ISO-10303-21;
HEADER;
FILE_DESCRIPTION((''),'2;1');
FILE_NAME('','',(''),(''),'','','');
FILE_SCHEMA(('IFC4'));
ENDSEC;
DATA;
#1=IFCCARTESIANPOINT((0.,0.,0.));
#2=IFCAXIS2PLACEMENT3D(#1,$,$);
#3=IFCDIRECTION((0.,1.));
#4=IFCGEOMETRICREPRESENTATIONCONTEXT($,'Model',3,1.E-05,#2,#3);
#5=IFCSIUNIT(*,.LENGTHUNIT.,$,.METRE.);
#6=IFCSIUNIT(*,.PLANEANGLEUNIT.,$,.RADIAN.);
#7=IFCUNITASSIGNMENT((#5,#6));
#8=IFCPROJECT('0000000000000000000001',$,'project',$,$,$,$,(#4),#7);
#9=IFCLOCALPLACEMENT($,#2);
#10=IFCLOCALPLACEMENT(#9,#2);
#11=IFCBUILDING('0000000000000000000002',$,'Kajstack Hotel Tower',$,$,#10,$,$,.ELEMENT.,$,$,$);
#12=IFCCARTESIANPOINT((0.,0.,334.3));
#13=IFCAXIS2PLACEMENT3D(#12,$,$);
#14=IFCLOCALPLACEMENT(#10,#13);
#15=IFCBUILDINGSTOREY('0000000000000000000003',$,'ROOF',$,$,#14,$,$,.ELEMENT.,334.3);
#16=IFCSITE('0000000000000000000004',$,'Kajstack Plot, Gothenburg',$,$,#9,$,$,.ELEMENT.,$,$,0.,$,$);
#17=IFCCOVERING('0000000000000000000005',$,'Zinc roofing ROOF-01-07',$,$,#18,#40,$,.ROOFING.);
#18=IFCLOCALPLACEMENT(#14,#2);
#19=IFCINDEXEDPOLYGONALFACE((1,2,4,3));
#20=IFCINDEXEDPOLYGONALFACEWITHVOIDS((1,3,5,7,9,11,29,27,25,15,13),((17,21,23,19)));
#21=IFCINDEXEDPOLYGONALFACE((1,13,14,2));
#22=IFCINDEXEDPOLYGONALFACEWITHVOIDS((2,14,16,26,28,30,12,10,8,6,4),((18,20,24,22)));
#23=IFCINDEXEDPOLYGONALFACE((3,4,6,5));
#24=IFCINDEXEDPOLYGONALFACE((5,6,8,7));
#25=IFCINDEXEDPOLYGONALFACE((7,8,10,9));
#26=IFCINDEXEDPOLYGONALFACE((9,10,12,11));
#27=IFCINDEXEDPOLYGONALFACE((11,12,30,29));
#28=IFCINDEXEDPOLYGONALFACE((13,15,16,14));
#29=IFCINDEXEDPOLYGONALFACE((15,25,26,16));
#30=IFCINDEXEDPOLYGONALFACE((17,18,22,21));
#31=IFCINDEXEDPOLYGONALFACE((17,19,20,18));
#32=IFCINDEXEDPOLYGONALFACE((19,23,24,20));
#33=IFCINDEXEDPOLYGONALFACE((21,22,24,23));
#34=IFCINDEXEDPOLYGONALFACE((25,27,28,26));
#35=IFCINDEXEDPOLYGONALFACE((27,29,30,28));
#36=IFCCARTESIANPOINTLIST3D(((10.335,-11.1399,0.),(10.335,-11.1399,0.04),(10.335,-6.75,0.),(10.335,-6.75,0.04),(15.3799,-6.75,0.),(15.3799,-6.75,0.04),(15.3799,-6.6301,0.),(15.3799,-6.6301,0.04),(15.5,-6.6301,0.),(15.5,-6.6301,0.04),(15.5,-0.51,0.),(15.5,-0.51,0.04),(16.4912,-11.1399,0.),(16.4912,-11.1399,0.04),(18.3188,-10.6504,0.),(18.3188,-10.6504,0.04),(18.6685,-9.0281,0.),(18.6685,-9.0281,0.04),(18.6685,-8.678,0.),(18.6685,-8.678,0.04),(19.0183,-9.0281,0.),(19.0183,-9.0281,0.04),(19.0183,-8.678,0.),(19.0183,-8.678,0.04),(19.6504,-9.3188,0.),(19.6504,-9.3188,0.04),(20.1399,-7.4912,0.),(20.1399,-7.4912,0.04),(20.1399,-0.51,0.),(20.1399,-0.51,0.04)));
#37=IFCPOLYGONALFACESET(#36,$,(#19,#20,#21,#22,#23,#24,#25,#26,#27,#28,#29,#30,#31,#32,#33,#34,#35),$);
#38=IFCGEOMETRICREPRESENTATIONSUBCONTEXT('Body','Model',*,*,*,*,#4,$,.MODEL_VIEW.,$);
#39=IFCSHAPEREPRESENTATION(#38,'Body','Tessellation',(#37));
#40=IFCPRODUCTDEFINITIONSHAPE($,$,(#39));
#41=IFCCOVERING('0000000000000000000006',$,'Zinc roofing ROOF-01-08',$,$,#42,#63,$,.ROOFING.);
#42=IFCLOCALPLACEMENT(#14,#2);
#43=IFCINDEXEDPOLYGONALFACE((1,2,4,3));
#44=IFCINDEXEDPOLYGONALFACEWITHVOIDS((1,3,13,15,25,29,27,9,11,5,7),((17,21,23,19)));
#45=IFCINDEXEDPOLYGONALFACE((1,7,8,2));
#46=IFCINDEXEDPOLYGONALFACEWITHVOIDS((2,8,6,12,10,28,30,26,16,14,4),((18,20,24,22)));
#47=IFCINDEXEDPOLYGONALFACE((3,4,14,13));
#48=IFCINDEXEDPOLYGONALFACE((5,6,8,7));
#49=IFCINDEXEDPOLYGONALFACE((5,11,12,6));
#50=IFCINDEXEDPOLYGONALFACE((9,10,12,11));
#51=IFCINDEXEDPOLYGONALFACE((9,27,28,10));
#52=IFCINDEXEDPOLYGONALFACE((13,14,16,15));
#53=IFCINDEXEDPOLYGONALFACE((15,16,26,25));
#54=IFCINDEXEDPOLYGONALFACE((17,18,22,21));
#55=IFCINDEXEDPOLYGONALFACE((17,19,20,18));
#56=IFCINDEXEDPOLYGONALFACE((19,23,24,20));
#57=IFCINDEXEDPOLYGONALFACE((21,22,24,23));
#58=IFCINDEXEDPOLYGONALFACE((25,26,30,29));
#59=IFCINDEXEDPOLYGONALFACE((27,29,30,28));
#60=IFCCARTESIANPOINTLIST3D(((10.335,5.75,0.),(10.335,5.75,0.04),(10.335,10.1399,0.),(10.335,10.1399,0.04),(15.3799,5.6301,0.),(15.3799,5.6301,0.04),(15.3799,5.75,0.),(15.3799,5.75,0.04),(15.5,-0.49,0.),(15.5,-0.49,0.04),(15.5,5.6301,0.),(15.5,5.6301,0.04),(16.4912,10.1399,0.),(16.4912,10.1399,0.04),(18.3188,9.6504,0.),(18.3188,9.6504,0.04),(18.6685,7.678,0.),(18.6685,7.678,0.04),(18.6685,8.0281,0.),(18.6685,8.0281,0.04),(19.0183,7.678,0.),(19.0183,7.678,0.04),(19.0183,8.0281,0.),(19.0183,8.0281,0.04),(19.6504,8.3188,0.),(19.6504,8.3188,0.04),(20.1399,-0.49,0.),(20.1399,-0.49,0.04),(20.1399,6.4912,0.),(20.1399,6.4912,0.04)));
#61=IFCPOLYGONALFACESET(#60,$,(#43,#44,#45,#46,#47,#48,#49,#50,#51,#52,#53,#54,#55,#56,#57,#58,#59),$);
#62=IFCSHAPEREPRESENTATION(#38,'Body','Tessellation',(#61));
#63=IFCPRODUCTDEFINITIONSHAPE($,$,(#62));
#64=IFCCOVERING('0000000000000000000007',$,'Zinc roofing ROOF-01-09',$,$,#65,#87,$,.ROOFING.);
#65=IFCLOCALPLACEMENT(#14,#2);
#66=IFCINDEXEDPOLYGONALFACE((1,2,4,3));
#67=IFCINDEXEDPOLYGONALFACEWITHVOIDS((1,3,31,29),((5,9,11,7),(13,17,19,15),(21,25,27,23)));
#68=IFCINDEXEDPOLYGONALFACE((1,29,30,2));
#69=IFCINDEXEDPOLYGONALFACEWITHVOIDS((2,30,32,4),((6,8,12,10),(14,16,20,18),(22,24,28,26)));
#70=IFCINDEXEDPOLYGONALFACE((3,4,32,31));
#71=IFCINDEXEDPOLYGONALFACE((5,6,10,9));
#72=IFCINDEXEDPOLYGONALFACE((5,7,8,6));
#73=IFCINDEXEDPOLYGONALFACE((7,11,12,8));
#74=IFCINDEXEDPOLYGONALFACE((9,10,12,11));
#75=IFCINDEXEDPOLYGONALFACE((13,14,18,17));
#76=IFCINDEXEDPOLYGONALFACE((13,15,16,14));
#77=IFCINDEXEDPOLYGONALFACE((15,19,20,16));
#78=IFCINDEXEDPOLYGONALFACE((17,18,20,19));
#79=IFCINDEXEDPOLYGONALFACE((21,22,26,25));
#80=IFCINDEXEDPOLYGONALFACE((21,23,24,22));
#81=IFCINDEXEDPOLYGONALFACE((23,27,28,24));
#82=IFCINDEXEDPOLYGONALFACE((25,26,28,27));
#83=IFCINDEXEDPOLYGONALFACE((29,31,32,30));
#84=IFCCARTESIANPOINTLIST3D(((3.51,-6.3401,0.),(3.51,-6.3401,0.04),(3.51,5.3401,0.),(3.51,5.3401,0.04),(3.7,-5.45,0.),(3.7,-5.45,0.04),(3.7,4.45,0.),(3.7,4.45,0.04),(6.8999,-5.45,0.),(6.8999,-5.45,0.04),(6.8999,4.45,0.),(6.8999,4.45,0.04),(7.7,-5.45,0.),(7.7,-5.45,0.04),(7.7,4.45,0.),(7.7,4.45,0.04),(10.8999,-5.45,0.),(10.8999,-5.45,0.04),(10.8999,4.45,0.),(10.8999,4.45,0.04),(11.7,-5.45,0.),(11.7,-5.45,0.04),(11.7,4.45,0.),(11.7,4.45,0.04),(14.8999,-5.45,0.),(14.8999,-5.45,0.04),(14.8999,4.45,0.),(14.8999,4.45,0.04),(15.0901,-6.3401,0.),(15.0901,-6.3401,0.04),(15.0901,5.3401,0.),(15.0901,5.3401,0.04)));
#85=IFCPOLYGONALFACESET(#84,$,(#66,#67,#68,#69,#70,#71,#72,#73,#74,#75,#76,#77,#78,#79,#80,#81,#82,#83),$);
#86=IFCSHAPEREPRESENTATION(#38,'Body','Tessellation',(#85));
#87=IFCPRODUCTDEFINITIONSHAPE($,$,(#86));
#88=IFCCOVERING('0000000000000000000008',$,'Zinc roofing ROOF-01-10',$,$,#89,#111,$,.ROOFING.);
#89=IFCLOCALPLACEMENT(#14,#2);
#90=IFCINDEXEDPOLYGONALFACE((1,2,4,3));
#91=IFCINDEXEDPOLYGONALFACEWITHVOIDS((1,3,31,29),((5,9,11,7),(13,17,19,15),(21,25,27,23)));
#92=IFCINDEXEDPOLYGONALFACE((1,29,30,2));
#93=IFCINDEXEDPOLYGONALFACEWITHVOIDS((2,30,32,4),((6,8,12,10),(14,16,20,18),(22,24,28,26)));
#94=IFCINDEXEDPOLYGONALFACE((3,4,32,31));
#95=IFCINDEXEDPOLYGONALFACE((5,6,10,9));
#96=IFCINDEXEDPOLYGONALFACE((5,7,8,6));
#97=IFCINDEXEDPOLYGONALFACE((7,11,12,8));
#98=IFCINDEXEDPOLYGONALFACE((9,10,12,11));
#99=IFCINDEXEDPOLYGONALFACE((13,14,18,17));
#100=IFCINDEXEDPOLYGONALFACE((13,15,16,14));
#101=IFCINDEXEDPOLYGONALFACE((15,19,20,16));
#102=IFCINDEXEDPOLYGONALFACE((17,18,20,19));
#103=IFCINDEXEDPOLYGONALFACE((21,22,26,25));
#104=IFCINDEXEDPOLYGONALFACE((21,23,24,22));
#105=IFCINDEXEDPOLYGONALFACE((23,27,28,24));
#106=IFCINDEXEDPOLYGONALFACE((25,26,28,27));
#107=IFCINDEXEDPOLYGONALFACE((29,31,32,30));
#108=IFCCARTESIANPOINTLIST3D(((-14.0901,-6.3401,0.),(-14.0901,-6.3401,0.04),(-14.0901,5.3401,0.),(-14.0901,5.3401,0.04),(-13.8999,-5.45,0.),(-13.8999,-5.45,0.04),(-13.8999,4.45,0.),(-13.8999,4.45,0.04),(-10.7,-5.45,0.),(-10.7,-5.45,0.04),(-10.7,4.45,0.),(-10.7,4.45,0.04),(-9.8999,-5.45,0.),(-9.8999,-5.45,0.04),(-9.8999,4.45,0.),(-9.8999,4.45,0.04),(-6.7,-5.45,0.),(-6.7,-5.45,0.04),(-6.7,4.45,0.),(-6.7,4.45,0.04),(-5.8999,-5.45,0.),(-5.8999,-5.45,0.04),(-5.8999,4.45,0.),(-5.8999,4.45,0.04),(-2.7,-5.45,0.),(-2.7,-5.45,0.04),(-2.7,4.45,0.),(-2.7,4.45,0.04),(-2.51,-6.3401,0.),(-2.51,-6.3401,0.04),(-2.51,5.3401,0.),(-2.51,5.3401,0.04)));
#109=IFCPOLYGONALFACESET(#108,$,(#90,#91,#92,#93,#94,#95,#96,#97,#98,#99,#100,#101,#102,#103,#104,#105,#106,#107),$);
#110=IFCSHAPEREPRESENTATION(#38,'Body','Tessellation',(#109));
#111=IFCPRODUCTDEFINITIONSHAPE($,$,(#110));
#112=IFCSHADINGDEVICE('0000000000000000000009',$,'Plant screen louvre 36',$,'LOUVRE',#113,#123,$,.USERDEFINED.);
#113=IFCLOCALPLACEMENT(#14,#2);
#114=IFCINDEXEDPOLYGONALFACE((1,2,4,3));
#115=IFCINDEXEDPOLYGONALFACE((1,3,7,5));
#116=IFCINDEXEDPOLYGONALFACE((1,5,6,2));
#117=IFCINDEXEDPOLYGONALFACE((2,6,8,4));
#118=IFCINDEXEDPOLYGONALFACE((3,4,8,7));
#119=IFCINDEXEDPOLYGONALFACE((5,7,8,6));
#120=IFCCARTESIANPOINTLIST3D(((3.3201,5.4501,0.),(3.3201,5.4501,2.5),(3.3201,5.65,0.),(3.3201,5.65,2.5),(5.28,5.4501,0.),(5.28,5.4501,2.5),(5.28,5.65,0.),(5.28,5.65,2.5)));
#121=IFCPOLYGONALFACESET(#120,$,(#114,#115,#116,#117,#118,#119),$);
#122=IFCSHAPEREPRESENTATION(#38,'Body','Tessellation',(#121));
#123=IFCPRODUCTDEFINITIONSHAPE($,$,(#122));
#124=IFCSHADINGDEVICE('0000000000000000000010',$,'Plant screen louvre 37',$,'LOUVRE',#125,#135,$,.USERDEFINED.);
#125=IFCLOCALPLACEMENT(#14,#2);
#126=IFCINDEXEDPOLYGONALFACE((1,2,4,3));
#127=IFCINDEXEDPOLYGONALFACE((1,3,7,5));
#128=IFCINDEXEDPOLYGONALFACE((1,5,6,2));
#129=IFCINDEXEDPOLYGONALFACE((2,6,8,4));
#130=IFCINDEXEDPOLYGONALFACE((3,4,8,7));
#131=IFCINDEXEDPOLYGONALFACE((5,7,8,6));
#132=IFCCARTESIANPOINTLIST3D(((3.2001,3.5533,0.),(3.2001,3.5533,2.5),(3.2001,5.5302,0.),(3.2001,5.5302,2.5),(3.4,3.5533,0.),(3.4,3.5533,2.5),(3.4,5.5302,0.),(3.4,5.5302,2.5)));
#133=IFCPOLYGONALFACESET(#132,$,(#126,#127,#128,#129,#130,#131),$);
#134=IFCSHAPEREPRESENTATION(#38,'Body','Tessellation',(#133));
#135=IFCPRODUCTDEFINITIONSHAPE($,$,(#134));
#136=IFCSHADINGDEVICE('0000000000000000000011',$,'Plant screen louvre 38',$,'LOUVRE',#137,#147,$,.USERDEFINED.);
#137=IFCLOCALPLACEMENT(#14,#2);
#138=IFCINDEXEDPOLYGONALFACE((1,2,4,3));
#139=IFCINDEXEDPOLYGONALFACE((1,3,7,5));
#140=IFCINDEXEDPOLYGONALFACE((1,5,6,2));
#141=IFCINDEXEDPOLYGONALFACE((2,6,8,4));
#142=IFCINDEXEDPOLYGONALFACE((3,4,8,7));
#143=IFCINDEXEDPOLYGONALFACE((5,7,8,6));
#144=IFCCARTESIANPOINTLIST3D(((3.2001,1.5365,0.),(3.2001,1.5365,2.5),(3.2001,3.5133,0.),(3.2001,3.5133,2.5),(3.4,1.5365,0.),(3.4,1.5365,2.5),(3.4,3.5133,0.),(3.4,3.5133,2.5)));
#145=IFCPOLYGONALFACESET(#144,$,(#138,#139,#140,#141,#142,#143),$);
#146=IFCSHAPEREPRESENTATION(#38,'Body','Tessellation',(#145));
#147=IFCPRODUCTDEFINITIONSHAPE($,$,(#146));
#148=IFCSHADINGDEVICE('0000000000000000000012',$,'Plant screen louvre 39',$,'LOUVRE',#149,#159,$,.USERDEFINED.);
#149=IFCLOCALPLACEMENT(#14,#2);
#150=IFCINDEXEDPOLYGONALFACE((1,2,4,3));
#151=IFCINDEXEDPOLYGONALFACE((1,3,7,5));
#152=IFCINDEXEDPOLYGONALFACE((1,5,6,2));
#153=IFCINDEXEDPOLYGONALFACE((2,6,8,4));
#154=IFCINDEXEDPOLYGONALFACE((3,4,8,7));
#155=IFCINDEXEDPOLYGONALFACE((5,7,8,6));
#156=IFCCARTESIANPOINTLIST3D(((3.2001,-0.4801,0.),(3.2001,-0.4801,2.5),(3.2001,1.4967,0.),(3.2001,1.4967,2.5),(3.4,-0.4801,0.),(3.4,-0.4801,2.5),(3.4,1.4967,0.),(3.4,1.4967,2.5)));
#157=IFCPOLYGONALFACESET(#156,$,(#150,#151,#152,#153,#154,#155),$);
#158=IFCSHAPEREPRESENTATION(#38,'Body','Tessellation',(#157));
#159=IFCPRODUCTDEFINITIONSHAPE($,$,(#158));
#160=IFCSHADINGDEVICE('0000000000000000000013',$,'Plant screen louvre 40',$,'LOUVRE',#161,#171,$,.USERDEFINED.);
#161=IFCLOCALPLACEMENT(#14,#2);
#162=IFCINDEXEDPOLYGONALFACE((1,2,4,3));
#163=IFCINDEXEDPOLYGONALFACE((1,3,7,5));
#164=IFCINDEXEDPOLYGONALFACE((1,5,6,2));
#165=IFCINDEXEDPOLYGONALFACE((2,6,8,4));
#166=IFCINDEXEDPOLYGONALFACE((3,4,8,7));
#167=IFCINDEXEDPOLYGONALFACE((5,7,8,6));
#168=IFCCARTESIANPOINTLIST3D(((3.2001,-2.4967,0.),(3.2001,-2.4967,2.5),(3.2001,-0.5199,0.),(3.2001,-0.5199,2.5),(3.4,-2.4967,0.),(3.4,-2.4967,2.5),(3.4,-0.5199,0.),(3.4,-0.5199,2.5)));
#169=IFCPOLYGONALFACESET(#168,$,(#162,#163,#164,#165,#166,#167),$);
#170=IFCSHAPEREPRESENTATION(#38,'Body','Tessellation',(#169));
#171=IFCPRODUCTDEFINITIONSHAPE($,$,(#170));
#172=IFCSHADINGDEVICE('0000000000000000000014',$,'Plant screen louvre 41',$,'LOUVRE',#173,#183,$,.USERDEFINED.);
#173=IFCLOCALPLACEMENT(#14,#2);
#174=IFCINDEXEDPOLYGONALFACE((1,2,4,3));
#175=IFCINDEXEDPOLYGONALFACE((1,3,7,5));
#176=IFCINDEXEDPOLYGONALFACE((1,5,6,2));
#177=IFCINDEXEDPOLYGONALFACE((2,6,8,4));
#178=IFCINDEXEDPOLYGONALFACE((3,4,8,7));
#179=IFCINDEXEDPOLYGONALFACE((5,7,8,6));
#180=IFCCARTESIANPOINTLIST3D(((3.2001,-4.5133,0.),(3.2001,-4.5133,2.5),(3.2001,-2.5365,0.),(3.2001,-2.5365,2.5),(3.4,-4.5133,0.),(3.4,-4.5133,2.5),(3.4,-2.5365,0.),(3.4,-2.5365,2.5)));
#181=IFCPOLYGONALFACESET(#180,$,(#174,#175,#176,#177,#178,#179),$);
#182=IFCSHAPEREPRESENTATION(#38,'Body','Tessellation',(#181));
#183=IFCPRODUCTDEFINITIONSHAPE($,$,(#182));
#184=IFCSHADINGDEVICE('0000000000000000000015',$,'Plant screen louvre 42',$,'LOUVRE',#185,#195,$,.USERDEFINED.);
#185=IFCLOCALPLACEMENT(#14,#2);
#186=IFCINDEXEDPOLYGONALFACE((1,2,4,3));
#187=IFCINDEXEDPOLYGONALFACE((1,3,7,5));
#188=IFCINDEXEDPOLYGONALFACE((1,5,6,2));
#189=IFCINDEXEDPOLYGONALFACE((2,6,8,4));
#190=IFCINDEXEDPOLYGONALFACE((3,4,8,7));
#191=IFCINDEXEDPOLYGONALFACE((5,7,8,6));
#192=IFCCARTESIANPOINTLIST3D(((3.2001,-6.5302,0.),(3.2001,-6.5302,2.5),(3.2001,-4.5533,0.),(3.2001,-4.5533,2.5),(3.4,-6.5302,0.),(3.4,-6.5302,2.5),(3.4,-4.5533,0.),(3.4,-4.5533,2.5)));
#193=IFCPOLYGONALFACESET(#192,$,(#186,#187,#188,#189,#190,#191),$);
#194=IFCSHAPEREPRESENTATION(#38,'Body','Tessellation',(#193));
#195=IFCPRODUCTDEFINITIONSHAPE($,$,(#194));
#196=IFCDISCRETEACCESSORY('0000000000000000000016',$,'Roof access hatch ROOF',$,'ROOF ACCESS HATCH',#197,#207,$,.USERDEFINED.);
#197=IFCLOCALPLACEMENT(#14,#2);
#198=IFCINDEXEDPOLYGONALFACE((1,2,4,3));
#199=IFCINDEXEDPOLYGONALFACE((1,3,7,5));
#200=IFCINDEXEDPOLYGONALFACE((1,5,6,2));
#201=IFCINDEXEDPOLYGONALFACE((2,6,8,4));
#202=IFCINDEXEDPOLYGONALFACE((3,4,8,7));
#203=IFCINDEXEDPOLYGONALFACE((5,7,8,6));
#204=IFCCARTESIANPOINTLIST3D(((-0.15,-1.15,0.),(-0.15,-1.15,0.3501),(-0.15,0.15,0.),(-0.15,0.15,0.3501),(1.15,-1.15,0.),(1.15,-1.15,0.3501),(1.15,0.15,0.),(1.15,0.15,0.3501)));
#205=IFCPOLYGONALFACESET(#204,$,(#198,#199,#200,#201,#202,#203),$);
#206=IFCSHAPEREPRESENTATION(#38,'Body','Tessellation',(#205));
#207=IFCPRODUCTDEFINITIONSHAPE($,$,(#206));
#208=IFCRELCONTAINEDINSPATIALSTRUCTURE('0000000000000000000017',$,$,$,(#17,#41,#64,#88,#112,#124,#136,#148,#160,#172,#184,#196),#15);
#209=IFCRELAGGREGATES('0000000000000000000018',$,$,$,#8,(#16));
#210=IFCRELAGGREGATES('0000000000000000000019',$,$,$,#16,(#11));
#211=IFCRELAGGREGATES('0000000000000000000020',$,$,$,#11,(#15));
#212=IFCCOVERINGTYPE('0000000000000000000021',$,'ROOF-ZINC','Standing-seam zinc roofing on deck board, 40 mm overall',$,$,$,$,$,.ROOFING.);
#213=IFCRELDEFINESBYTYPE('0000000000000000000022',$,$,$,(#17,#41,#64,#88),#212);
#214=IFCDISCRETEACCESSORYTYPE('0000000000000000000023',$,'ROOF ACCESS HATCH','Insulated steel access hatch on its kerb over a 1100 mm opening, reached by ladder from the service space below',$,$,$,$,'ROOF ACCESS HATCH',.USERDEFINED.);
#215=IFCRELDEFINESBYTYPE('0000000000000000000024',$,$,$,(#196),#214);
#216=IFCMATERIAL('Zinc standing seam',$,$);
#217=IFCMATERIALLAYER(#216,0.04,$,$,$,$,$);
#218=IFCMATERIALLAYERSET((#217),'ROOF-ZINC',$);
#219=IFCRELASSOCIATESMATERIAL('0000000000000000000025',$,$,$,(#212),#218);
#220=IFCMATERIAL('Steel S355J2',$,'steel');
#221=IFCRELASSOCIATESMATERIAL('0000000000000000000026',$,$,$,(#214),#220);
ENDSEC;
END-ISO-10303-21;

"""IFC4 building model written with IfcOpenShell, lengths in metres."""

from ifc_helpers import new_model, si_unit, direction, frame, origin, origin_2d, place, context, subcontext, project, spatial, polyline, rectangle, outline, extrude, material, layer, layer_set, type_object, element, save


model = new_model("IFC4")

# Units and contexts
model_context = context("Model", 3, precision=1e-05, world=origin(), true_north=direction((0.0, 1.0)))
body_context = subcontext(model_context, "Body", "Model", "MODEL_VIEW")
ifc_project = project(units=[si_unit("LENGTHUNIT", "METRE"), si_unit("PLANEANGLEUNIT", "RADIAN")], contexts=[model_context])

# Site, building, storey
site_placement = place(None, origin())
site = spatial("IfcSite", under=ifc_project, at=site_placement, Name="Kajstack Plot, Gothenburg", CompositionType="ELEMENT", RefElevation=0.0)
building_placement = place(site_placement, origin())
building = spatial("IfcBuilding", under=site, at=building_placement, Name="Kajstack Hotel Tower", CompositionType="ELEMENT")
storey_placement = place(building_placement, frame((0.0, 0.0, 334.3)))
storey = spatial("IfcBuildingStorey", under=building, at=storey_placement, Name="ROOF", CompositionType="ELEMENT", Elevation=334.3)

# Coverings
ifc_material_1 = material(Name="Zinc standing seam")
ifc_layer_1 = layer(ifc_material_1, 0.04)
ifc_layer_set_1 = layer_set([ifc_layer_1], Name="ROOF-ZINC")
covering_type = type_object("IfcCoveringType", Name="ROOF-ZINC", Description="Standing-seam zinc roofing on deck board, 40 mm overall", PredefinedType="ROOFING", material=ifc_layer_set_1)
covering_1_placement = place(storey_placement, origin())
element("IfcCovering", 1, at=covering_1_placement, inside=storey, type_object=covering_type, Name="Zinc roofing ROOF-01-07", PredefinedType="ROOFING", context=body_context, shape_type="SweptSolid", body=[
    extrude(outline(polyline([(20.1399, -7.4912), (20.1399, -0.51), (15.5, -0.51), (15.5, -6.6301), (15.3799, -6.6301), (15.3799, -6.75), (10.335, -6.75), (10.335, -11.1399), (16.4912, -11.1399), (18.3188, -10.6504), (19.6504, -9.3188), (20.1399, -7.4912)]), holes=[polyline([(18.6685, -9.0281), (18.6685, -8.678), (19.0183, -8.678), (19.0183, -9.0281), (18.6685, -9.0281)])]), origin(), (0.0, 0.0, 1.0), 0.04),
])
covering_2_placement = place(storey_placement, origin())
element("IfcCovering", 2, at=covering_2_placement, inside=storey, type_object=covering_type, Name="Zinc roofing ROOF-01-08", PredefinedType="ROOFING", context=body_context, shape_type="SweptSolid", body=[
    extrude(outline(polyline([(16.4912, 10.1399), (10.335, 10.1399), (10.335, 5.75), (15.3799, 5.75), (15.3799, 5.6301), (15.5, 5.6301), (15.5, -0.49), (20.1399, -0.49), (20.1399, 6.4912), (19.6504, 8.3188), (18.3188, 9.6504), (16.4912, 10.1399)]), holes=[polyline([(18.6685, 7.678), (18.6685, 8.0281), (19.0183, 8.0281), (19.0183, 7.678), (18.6685, 7.678)])]), origin(), (0.0, 0.0, 1.0), 0.04),
])
covering_3_placement = place(storey_placement, origin())
element("IfcCovering", 3, at=covering_3_placement, inside=storey, type_object=covering_type, Name="Zinc roofing ROOF-01-09", PredefinedType="ROOFING", context=body_context, shape_type="SweptSolid", body=[
    extrude(outline(polyline([(15.0901, -6.3401), (15.0901, 5.3401), (3.51, 5.3401), (3.51, -6.3401), (15.0901, -6.3401)]), holes=[polyline([(11.7, 4.45), (14.8999, 4.45), (14.8999, -5.45), (11.7, -5.45), (11.7, 4.45)]), polyline([(7.7, -5.45), (7.7, 4.45), (10.8999, 4.45), (10.8999, -5.45), (7.7, -5.45)]), polyline([(3.7, -5.45), (3.7, 4.45), (6.8999, 4.45), (6.8999, -5.45), (3.7, -5.45)])]), origin(), (0.0, 0.0, 1.0), 0.04),
])
covering_4_placement = place(storey_placement, origin())
element("IfcCovering", 4, at=covering_4_placement, inside=storey, type_object=covering_type, Name="Zinc roofing ROOF-01-10", PredefinedType="ROOFING", context=body_context, shape_type="SweptSolid", body=[
    extrude(outline(polyline([(-2.51, -6.3401), (-2.51, 5.3401), (-14.0901, 5.3401), (-14.0901, -6.3401), (-2.51, -6.3401)]), holes=[polyline([(-5.8999, 4.45), (-2.7, 4.45), (-2.7, -5.45), (-5.8999, -5.45), (-5.8999, 4.45)]), polyline([(-9.8999, -5.45), (-9.8999, 4.45), (-6.7, 4.45), (-6.7, -5.45), (-9.8999, -5.45)]), polyline([(-13.8999, -5.45), (-13.8999, 4.45), (-10.7, 4.45), (-10.7, -5.45), (-13.8999, -5.45)])]), origin(), (0.0, 0.0, 1.0), 0.04),
])

# Shading devices
shading_device_placement = place(storey_placement, frame((4.3, 5.55, 0.0), z_axis=(0.0, 0.0, 1.0), x_axis=(-1.0, 0.0, 0.0)))
element("IfcShadingDevice", 5, at=shading_device_placement, inside=storey, Name="Plant screen louvre 36", ObjectType="LOUVRE", PredefinedType="USERDEFINED", context=body_context, shape_type="SweptSolid", body=[
    extrude(rectangle(XDim=1.96, YDim=0.2, at=origin_2d()), origin(), (0.0, 0.0, 1.0), 2.5),
])
for number, where, z_axis, x_axis, name in (
    (6, (3.3, 4.5417, 0.0), (0.0, 0.0, 1.0), (0.0, -1.0, 0.0), "Plant screen louvre 37"),
    (7, (3.3, 2.5249, 0.0), (0.0, 0.0, 1.0), (0.0, -1.0, 0.0), "Plant screen louvre 38"),
    (8, (3.3, 0.5083, 0.0), (0.0, 0.0, 1.0), (0.0, -1.0, 0.0), "Plant screen louvre 39"),
    (9, (3.3, -1.5083, 0.0), (0.0, 0.0, 1.0), (0.0, -1.0, 0.0), "Plant screen louvre 40"),
    (10, (3.3, -3.5249, 0.0), (0.0, 0.0, 1.0), (0.0, -1.0, 0.0), "Plant screen louvre 41"),
    (11, (3.3, -5.5417, 0.0), (0.0, 0.0, 1.0), (0.0, -1.0, 0.0), "Plant screen louvre 42"),
):
    element("IfcShadingDevice", number, at=place(storey_placement, frame(where, z_axis=z_axis, x_axis=x_axis)), inside=storey, Name=name, ObjectType="LOUVRE", PredefinedType="USERDEFINED", context=body_context, shape_type="SweptSolid", body=[
        extrude(rectangle(XDim=1.9768, YDim=0.2, at=origin_2d()), origin(), (0.0, 0.0, 1.0), 2.5),
    ])

# Discrete accessory
ifc_material_2 = material(Name="Steel S355J2", Category="steel")
discrete_accessory_type = type_object("IfcDiscreteAccessoryType", Name="ROOF ACCESS HATCH", Description="Insulated steel access hatch on its kerb over a 1100 mm opening, reached by ladder from the service space below", ElementType="ROOF ACCESS HATCH", PredefinedType="USERDEFINED", material=ifc_material_2)
discrete_accessory_placement = place(storey_placement, frame((0.5, -0.5, 0.0), z_axis=(0.0, 0.0, 1.0), x_axis=(1.0, 0.0, 0.0)))
element("IfcDiscreteAccessory", 12, at=discrete_accessory_placement, inside=storey, type_object=discrete_accessory_type, Name="Roof access hatch ROOF", ObjectType="ROOF ACCESS HATCH", PredefinedType="USERDEFINED", context=body_context, shape_type="SweptSolid", body=[
    extrude(rectangle(XDim=1.3, YDim=1.3, at=origin_2d()), origin(), (0.0, 0.0, 1.0), 0.3501),
])

save(model, "model.ifc")
